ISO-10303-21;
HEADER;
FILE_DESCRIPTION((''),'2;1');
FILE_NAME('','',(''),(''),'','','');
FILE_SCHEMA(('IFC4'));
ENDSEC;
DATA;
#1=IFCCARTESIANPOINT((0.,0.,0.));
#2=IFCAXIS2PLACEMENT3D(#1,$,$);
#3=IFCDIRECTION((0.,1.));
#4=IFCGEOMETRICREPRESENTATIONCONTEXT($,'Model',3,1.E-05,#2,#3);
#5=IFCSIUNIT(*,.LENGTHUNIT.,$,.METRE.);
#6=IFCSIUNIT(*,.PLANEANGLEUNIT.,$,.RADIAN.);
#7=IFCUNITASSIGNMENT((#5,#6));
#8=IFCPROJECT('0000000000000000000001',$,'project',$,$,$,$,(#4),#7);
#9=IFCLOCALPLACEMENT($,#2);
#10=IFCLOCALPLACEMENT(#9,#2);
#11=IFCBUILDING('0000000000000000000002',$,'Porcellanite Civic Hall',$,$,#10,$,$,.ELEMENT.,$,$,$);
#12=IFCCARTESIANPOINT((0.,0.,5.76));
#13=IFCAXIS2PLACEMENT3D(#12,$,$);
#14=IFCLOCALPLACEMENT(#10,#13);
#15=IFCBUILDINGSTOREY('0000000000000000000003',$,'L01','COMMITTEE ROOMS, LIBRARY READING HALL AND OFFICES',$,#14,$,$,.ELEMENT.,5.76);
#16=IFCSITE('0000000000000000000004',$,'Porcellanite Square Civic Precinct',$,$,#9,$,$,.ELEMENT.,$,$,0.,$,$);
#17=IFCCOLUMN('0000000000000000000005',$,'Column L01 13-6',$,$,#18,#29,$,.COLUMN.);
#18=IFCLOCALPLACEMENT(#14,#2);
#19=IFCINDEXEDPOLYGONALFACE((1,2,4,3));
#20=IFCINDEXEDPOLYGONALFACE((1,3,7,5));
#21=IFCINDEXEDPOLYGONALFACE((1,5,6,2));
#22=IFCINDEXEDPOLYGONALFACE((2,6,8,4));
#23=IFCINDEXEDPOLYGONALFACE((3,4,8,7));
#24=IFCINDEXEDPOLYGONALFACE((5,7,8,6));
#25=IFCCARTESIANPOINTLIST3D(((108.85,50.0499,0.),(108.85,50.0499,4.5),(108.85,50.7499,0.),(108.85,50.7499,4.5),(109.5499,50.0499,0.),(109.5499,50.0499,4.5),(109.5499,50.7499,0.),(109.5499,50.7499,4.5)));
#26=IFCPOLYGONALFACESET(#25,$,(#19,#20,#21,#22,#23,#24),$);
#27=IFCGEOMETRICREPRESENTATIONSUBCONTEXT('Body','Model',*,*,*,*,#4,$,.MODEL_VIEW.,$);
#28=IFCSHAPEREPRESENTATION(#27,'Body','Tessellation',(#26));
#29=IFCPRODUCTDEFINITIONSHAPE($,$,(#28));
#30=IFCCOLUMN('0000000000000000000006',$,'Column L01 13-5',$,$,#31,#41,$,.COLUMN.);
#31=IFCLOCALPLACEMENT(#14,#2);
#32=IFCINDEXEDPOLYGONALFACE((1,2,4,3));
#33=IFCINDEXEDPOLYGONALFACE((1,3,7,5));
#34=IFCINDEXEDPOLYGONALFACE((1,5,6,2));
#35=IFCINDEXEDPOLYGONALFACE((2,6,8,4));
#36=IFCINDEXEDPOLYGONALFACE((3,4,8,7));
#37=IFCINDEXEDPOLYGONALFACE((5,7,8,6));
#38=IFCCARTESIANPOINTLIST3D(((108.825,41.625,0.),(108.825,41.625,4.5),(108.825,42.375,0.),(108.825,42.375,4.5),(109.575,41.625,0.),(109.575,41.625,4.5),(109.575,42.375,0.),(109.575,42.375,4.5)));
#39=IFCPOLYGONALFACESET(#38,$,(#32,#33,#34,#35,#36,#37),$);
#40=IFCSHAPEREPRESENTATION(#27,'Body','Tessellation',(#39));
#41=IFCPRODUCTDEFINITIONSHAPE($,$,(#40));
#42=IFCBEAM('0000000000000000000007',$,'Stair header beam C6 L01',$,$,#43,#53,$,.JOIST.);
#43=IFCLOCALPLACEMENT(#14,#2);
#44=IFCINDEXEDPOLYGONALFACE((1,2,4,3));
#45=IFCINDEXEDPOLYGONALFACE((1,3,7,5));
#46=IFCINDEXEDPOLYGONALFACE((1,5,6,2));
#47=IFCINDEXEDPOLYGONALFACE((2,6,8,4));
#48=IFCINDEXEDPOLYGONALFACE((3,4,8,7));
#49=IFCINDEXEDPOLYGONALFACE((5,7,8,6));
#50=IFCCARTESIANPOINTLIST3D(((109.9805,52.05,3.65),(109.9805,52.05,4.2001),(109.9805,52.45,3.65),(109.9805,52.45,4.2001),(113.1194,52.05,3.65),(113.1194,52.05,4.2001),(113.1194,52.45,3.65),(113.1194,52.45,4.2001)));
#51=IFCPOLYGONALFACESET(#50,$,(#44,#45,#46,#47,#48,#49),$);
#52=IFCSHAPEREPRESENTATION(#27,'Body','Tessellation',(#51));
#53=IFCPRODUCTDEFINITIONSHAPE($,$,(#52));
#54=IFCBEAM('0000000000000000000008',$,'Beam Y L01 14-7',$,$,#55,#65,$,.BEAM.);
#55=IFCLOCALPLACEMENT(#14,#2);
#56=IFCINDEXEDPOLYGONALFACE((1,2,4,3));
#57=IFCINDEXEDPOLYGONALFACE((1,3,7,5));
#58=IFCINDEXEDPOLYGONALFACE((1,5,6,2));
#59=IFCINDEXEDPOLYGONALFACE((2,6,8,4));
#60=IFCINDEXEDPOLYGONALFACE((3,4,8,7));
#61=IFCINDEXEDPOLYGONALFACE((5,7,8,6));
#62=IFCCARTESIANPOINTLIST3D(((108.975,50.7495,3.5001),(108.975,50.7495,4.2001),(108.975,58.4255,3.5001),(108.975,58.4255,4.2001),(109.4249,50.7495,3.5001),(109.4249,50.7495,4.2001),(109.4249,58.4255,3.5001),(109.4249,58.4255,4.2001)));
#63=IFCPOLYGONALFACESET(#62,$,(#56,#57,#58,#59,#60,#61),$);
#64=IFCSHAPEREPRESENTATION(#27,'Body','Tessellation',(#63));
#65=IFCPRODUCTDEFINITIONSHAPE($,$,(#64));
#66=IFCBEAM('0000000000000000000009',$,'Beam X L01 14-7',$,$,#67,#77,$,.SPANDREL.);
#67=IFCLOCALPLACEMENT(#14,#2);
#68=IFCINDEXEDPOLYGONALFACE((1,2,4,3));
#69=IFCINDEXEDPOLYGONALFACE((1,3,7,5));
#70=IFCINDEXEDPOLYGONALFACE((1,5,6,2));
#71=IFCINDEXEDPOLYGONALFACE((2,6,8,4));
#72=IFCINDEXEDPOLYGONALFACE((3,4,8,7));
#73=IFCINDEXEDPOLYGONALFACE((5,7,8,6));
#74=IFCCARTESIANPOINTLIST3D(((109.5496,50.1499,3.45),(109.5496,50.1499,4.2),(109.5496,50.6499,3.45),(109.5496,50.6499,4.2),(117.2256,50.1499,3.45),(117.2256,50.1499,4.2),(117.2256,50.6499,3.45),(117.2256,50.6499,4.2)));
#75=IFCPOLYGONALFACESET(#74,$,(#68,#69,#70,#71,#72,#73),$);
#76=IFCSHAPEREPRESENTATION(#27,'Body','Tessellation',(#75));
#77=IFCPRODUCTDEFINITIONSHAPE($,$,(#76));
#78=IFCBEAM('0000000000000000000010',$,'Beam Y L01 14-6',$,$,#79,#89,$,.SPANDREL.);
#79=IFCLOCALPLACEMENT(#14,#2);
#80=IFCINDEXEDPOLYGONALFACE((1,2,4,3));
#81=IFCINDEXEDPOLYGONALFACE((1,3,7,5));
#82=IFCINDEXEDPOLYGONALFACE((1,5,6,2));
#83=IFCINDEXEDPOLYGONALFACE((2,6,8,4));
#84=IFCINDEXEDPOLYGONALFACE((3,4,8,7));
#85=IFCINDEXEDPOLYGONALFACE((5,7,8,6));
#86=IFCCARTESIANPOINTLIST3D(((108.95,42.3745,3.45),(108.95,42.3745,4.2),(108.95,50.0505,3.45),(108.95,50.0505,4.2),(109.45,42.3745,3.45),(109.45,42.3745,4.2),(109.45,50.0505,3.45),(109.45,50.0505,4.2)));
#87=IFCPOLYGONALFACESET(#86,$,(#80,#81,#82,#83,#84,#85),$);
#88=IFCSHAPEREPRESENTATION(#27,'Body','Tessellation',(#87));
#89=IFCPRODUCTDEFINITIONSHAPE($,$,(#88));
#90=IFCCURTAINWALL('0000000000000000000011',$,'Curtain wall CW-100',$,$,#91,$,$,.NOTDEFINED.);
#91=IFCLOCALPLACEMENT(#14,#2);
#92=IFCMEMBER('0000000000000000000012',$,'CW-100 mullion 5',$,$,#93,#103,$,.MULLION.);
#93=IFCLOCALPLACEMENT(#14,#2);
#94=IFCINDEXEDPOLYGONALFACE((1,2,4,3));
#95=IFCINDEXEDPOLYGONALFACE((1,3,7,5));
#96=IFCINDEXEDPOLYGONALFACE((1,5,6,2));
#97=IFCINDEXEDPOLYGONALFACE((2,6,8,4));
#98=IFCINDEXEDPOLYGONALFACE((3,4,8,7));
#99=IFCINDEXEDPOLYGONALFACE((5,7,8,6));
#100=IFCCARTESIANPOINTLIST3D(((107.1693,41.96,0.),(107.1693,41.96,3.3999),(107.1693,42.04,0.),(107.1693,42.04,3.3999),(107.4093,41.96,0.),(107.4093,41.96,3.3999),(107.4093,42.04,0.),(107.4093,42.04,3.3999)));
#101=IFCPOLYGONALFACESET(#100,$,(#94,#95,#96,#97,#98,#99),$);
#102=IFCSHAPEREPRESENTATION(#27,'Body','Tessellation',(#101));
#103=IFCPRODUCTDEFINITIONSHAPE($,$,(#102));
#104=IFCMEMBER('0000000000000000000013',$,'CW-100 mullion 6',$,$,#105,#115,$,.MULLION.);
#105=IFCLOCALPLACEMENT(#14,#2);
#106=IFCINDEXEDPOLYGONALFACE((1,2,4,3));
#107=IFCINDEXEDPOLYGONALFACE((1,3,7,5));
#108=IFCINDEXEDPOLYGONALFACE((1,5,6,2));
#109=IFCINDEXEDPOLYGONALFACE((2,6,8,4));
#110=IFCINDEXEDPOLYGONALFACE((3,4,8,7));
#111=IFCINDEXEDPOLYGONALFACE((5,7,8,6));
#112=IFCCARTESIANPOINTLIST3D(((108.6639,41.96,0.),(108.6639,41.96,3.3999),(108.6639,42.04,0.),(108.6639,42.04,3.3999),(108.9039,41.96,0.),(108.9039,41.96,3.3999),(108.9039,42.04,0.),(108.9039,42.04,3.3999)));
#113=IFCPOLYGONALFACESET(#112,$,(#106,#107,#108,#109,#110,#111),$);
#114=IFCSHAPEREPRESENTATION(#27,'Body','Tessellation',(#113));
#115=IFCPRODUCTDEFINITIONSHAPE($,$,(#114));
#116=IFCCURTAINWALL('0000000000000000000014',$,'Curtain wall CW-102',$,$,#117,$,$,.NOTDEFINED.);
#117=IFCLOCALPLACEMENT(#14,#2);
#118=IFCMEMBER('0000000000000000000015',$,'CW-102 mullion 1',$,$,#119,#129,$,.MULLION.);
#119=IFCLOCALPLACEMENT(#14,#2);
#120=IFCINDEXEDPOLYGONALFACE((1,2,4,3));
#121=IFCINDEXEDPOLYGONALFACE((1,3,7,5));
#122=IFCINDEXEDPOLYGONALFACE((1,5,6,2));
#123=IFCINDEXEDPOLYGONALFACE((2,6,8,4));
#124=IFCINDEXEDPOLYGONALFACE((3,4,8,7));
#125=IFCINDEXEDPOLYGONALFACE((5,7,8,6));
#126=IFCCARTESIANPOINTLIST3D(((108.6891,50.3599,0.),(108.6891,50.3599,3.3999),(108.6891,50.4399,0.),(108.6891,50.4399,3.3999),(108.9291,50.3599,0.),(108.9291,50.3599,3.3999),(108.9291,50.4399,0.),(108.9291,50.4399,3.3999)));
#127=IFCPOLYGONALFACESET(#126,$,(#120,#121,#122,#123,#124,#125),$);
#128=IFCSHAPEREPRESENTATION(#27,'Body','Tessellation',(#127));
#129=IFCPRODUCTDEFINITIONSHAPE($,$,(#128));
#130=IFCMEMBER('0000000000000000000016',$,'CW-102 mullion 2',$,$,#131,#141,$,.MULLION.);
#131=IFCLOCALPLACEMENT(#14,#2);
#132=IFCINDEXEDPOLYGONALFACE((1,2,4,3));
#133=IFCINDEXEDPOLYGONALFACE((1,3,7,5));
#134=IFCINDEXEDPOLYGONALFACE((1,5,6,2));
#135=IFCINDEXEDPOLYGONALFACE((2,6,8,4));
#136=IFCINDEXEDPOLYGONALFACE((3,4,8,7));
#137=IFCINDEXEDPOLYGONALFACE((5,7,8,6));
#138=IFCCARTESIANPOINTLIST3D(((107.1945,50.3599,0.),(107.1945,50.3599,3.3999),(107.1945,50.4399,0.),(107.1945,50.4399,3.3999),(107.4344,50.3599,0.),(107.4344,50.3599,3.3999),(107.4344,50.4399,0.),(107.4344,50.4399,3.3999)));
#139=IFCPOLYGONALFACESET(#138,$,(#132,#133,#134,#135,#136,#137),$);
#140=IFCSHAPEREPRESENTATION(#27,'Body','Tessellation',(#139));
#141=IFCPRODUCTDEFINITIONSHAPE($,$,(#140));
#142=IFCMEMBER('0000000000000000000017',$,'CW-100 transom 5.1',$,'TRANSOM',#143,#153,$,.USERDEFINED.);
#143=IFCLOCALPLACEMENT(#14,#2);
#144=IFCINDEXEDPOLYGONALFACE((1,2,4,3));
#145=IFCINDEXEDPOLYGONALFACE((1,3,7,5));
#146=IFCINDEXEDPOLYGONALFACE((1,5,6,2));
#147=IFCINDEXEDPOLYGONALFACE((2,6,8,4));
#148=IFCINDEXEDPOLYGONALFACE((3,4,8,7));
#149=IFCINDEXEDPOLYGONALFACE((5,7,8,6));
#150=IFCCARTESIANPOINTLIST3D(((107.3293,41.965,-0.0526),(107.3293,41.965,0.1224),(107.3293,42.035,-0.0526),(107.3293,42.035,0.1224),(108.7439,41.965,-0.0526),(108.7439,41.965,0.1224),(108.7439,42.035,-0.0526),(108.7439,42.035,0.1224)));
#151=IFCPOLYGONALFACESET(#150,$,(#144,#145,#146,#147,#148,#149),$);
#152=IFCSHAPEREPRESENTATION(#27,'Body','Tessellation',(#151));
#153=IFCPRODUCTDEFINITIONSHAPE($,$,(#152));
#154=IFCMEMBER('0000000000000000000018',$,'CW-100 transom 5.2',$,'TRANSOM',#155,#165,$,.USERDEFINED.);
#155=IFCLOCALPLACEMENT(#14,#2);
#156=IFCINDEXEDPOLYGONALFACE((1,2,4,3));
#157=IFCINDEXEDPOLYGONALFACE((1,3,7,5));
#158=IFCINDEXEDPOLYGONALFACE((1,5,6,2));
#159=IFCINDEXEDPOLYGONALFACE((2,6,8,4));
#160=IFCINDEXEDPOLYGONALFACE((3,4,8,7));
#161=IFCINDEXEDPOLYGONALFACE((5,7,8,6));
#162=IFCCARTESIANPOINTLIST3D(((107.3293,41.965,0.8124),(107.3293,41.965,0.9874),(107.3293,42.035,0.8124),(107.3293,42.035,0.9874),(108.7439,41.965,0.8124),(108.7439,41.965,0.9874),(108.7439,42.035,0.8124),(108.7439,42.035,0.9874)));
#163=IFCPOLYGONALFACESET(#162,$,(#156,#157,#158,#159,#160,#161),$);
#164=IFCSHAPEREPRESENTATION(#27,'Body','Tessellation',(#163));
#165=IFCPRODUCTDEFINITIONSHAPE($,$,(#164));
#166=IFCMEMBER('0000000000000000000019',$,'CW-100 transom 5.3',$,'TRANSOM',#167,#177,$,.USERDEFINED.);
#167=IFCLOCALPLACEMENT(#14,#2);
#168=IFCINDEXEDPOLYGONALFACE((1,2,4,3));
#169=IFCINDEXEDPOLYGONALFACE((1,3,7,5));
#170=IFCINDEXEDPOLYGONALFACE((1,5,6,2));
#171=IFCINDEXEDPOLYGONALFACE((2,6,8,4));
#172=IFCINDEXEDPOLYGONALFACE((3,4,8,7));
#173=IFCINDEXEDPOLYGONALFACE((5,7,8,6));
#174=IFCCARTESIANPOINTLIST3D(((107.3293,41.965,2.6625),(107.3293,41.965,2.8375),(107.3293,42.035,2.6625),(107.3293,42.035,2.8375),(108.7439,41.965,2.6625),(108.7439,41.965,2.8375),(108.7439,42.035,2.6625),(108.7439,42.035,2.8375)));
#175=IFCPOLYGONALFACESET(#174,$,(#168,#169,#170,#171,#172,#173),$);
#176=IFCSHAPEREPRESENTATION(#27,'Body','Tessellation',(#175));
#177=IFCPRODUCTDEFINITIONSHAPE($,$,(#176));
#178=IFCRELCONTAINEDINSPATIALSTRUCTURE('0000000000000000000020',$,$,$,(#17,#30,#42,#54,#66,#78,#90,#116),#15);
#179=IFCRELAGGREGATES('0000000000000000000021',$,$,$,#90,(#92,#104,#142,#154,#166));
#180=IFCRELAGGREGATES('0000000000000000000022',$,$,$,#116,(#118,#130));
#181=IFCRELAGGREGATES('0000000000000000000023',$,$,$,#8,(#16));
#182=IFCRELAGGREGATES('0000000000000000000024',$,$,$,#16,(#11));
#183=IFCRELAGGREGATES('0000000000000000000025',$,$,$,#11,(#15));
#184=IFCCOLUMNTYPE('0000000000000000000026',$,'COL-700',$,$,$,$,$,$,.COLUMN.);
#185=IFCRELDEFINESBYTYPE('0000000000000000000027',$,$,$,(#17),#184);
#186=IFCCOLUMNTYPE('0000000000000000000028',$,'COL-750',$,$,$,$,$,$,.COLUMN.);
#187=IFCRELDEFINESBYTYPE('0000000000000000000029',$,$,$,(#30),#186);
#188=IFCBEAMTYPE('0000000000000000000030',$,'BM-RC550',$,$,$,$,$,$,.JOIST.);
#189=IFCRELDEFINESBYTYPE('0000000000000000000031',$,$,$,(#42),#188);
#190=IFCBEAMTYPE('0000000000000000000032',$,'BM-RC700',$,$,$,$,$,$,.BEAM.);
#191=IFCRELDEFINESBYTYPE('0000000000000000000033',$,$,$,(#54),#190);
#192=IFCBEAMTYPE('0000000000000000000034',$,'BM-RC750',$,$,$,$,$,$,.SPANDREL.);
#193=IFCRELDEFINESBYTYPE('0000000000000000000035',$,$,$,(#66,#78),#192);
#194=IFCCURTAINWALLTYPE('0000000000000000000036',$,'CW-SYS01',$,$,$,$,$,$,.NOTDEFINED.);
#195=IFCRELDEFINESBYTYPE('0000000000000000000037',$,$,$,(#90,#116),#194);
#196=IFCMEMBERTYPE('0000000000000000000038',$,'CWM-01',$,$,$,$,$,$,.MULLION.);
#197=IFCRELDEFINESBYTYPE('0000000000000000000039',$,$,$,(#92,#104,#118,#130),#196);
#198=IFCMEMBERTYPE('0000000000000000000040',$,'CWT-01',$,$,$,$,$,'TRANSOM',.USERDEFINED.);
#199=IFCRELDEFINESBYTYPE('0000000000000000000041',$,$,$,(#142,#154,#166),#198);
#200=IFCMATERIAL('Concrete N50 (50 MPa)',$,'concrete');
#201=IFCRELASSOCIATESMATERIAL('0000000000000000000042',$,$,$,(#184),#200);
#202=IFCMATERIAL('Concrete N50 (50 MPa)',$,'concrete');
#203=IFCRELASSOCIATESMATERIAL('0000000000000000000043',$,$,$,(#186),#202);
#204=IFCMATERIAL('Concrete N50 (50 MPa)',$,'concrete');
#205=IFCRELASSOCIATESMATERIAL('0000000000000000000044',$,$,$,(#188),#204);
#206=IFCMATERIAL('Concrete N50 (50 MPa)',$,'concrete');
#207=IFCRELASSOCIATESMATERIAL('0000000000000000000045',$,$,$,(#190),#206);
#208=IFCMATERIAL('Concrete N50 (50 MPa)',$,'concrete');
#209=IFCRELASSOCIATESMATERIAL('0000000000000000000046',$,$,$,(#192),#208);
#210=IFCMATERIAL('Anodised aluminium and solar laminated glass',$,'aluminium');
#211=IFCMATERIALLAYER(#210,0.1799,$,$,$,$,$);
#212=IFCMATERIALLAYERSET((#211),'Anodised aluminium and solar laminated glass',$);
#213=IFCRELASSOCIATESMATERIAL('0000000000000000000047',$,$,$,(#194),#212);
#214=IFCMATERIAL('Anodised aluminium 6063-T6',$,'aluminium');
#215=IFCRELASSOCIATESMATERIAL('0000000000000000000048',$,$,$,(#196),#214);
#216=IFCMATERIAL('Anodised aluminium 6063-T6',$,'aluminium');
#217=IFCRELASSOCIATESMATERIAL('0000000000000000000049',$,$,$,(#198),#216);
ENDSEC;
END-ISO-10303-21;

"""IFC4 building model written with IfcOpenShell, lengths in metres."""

from ifc_helpers import new_model, si_unit, direction, frame, origin, origin_2d, place, context, subcontext, project, spatial, rectangle, extrude, material, layer, layer_set, material_profile, profile_set, type_object, element, aggregate, save


model = new_model("IFC4")

# Units and contexts
model_context = context("Model", 3, precision=1e-05, world=origin(), true_north=direction((0.0, 1.0)))
body_context = subcontext(model_context, "Body", "Model", "MODEL_VIEW")
ifc_project = project(units=[si_unit("LENGTHUNIT", "METRE"), si_unit("PLANEANGLEUNIT", "RADIAN")], contexts=[model_context])

# Site, building, storey
site_placement = place(None, origin())
site = spatial("IfcSite", under=ifc_project, at=site_placement, Name="Porcellanite Square Civic Precinct", CompositionType="ELEMENT", RefElevation=0.0)
building_placement = place(site_placement, origin())
building = spatial("IfcBuilding", under=site, at=building_placement, Name="Porcellanite Civic Hall", CompositionType="ELEMENT")
storey_placement = place(building_placement, frame((0.0, 0.0, 5.76)))
storey = spatial("IfcBuildingStorey", under=building, at=storey_placement, Name="L01", Description="COMMITTEE ROOMS, LIBRARY READING HALL AND OFFICES", CompositionType="ELEMENT", Elevation=5.76)

# Columns
ifc_material_1 = material(Name="Concrete N50 (50 MPa)", Category="concrete")
ifc_material_profile_1 = material_profile(ifc_material_1, rectangle(XDim=0.7, YDim=0.7, at=origin_2d()), Name="RC-700x700")
ifc_profile_set_1 = profile_set([ifc_material_profile_1], Name="Concrete N50 (50 MPa)")
column_type_1 = type_object("IfcColumnType", Name="COL-700", PredefinedType="COLUMN", material=ifc_profile_set_1)
column_1_placement = place(storey_placement, frame((109.2, 50.3999, 0.0), z_axis=(0.0, 0.0, 1.0), x_axis=(1.0, 0.0, 0.0)))
element("IfcColumn", 1, at=column_1_placement, inside=storey, type_object=column_type_1, Name="Column L01 13-6", PredefinedType="COLUMN", context=body_context, shape_type="SweptSolid", body=[
    extrude(rectangle(XDim=0.7, YDim=0.7, at=origin_2d()), origin(), (0.0, 0.0, 1.0), 4.5),
])
ifc_material_2 = material(Name="Concrete N50 (50 MPa)", Category="concrete")
ifc_material_profile_2 = material_profile(ifc_material_2, rectangle(XDim=0.75, YDim=0.75, at=origin_2d()), Name="RC-750x750")
ifc_profile_set_2 = profile_set([ifc_material_profile_2], Name="Concrete N50 (50 MPa)")
column_type_2 = type_object("IfcColumnType", Name="COL-750", PredefinedType="COLUMN", material=ifc_profile_set_2)
column_2_placement = place(storey_placement, frame((109.2, 42.0, 0.0), z_axis=(0.0, 0.0, 1.0), x_axis=(1.0, 0.0, 0.0)))
element("IfcColumn", 2, at=column_2_placement, inside=storey, type_object=column_type_2, Name="Column L01 13-5", PredefinedType="COLUMN", context=body_context, shape_type="SweptSolid", body=[
    extrude(rectangle(XDim=0.75, YDim=0.75, at=origin_2d()), origin(), (0.0, 0.0, 1.0), 4.5),
])

# Beams
ifc_material_3 = material(Name="Concrete N50 (50 MPa)", Category="concrete")
ifc_material_profile_3 = material_profile(ifc_material_3, rectangle(XDim=0.3999, YDim=0.55, at=origin_2d()), Name="RC-400x550")
ifc_profile_set_3 = profile_set([ifc_material_profile_3], Name="Concrete N50 (50 MPa)")
beam_type_1 = type_object("IfcBeamType", Name="BM-RC550", PredefinedType="JOIST", material=ifc_profile_set_3)
beam_1_placement = place(storey_placement, frame((109.9805, 52.25, 3.925), z_axis=(1.0, 0.0, 0.0), x_axis=(0.0, 1.0, 0.0)))
element("IfcBeam", 3, at=beam_1_placement, inside=storey, type_object=beam_type_1, Name="Stair header beam C6 L01", PredefinedType="JOIST", context=body_context, shape_type="SweptSolid", body=[
    extrude(rectangle(XDim=0.3999, YDim=0.55, at=origin_2d()), origin(), (0.0, 0.0, 1.0), 3.1389),
])
ifc_material_4 = material(Name="Concrete N50 (50 MPa)", Category="concrete")
ifc_material_profile_4 = material_profile(ifc_material_4, rectangle(XDim=0.45, YDim=0.7, at=origin_2d()), Name="RC-450x700")
ifc_profile_set_4 = profile_set([ifc_material_profile_4], Name="Concrete N50 (50 MPa)")
beam_type_2 = type_object("IfcBeamType", Name="BM-RC700", PredefinedType="BEAM", material=ifc_profile_set_4)
beam_2_placement = place(storey_placement, frame((109.2, 50.7495, 3.8501), z_axis=(0.0, 1.0, 0.0), x_axis=(-1.0, 0.0, 0.0)))
element("IfcBeam", 4, at=beam_2_placement, inside=storey, type_object=beam_type_2, Name="Beam Y L01 14-7", PredefinedType="BEAM", context=body_context, shape_type="SweptSolid", body=[
    extrude(rectangle(XDim=0.45, YDim=0.7, at=origin_2d()), origin(), (0.0, 0.0, 1.0), 7.676),
])
ifc_material_5 = material(Name="Concrete N50 (50 MPa)", Category="concrete")
ifc_material_profile_5 = material_profile(ifc_material_5, rectangle(XDim=0.5, YDim=0.75, at=origin_2d()), Name="RC-500x750")
ifc_profile_set_5 = profile_set([ifc_material_profile_5], Name="Concrete N50 (50 MPa)")
beam_type_3 = type_object("IfcBeamType", Name="BM-RC750", PredefinedType="SPANDREL", material=ifc_profile_set_5)
for number, where, z_axis, x_axis, name in (
    (5, (109.5496, 50.3999, 3.825), (1.0, 0.0, 0.0), (0.0, 1.0, 0.0), "Beam X L01 14-7"),
    (6, (109.2, 42.3745, 3.825), (0.0, 1.0, 0.0), (-1.0, 0.0, 0.0), "Beam Y L01 14-6"),
):
    element("IfcBeam", number, at=place(storey_placement, frame(where, z_axis=z_axis, x_axis=x_axis)), inside=storey, type_object=beam_type_3, Name=name, PredefinedType="SPANDREL", context=body_context, shape_type="SweptSolid", body=[
        extrude(rectangle(XDim=0.5, YDim=0.75, at=origin_2d()), origin(), (0.0, 0.0, 1.0), 7.676),
    ])

# Curtain walls, members
ifc_material_6 = material(Name="Anodised aluminium and solar laminated glass", Category="aluminium")
ifc_layer_1 = layer(ifc_material_6, 0.1799)
ifc_layer_set_1 = layer_set([ifc_layer_1], Name="Anodised aluminium and solar laminated glass")
curtain_wall_type = type_object("IfcCurtainWallType", Name="CW-SYS01", PredefinedType="NOTDEFINED", material=ifc_layer_set_1)
curtain_wall_1_placement = place(storey_placement, origin())
curtain_wall_1 = element("IfcCurtainWall", 7, at=curtain_wall_1_placement, inside=storey, type_object=curtain_wall_type, Name="Curtain wall CW-100", PredefinedType="NOTDEFINED")
ifc_material_7 = material(Name="Anodised aluminium 6063-T6", Category="aluminium")
ifc_material_profile_6 = material_profile(ifc_material_7, rectangle(XDim=0.0801, YDim=0.24, at=origin_2d()), Name="AL-80x240")
ifc_profile_set_6 = profile_set([ifc_material_profile_6], Name="Anodised aluminium 6063-T6")
member_type_1 = type_object("IfcMemberType", Name="CWM-01", PredefinedType="MULLION", material=ifc_profile_set_6)
member_1_placement = place(storey_placement, frame((107.2893, 42.0, 0.0), z_axis=(0.0, 0.0, 1.0), x_axis=(0.0, 1.0, 0.0)))
member_1 = element("IfcMember", 8, at=member_1_placement, type_object=member_type_1, Name="CW-100 mullion 5", PredefinedType="MULLION", context=body_context, shape_type="SweptSolid", body=[
    extrude(rectangle(XDim=0.0801, YDim=0.24, at=origin_2d()), origin(), (0.0, 0.0, 1.0), 3.3999),
])
member_2_placement = place(storey_placement, frame((108.7839, 42.0, 0.0), z_axis=(0.0, 0.0, 1.0), x_axis=(0.0, 1.0, 0.0)))
member_2 = element("IfcMember", 9, at=member_2_placement, type_object=member_type_1, Name="CW-100 mullion 6", PredefinedType="MULLION", context=body_context, shape_type="SweptSolid", body=[
    extrude(rectangle(XDim=0.0801, YDim=0.24, at=origin_2d()), origin(), (0.0, 0.0, 1.0), 3.3999),
])
curtain_wall_2_placement = place(storey_placement, origin())
curtain_wall_2 = element("IfcCurtainWall", 10, at=curtain_wall_2_placement, inside=storey, type_object=curtain_wall_type, Name="Curtain wall CW-102", PredefinedType="NOTDEFINED")
member_3_placement = place(storey_placement, frame((108.8091, 50.3999, 0.0), z_axis=(0.0, 0.0, 1.0), x_axis=(0.0, -1.0, 0.0)))
member_3 = element("IfcMember", 11, at=member_3_placement, type_object=member_type_1, Name="CW-102 mullion 1", PredefinedType="MULLION", context=body_context, shape_type="SweptSolid", body=[
    extrude(rectangle(XDim=0.0801, YDim=0.24, at=origin_2d()), origin(), (0.0, 0.0, 1.0), 3.3999),
])
member_4_placement = place(storey_placement, frame((107.3145, 50.3999, 0.0), z_axis=(0.0, 0.0, 1.0), x_axis=(0.0, -1.0, 0.0)))
member_4 = element("IfcMember", 12, at=member_4_placement, type_object=member_type_1, Name="CW-102 mullion 2", PredefinedType="MULLION", context=body_context, shape_type="SweptSolid", body=[
    extrude(rectangle(XDim=0.0801, YDim=0.24, at=origin_2d()), origin(), (0.0, 0.0, 1.0), 3.3999),
])

# Members
ifc_material_8 = material(Name="Anodised aluminium 6063-T6", Category="aluminium")
ifc_material_profile_7 = material_profile(ifc_material_8, rectangle(XDim=0.0701, YDim=0.175, at=origin_2d()), Name="AL-70x175")
ifc_profile_set_7 = profile_set([ifc_material_profile_7], Name="Anodised aluminium 6063-T6")
member_type_2 = type_object("IfcMemberType", Name="CWT-01", ElementType="TRANSOM", PredefinedType="USERDEFINED", material=ifc_profile_set_7)
member_5_placement = place(storey_placement, frame((107.3293, 42.0, 0.0349), z_axis=(1.0, 0.0, 0.0), x_axis=(0.0, 1.0, 0.0)))
member_5 = element("IfcMember", 13, at=member_5_placement, type_object=member_type_2, Name="CW-100 transom 5.1", ObjectType="TRANSOM", PredefinedType="USERDEFINED", context=body_context, shape_type="SweptSolid", body=[
    extrude(rectangle(XDim=0.0701, YDim=0.175, at=origin_2d()), origin(), (0.0, 0.0, 1.0), 1.4146),
])
member_6_placement = place(storey_placement, frame((107.3293, 42.0, 0.8999), z_axis=(1.0, 0.0, 0.0), x_axis=(0.0, 1.0, 0.0)))
member_6 = element("IfcMember", 14, at=member_6_placement, type_object=member_type_2, Name="CW-100 transom 5.2", ObjectType="TRANSOM", PredefinedType="USERDEFINED", context=body_context, shape_type="SweptSolid", body=[
    extrude(rectangle(XDim=0.0701, YDim=0.175, at=origin_2d()), origin(), (0.0, 0.0, 1.0), 1.4146),
])
member_7_placement = place(storey_placement, frame((107.3293, 42.0, 2.75), z_axis=(1.0, 0.0, 0.0), x_axis=(0.0, 1.0, 0.0)))
member_7 = element("IfcMember", 15, at=member_7_placement, type_object=member_type_2, Name="CW-100 transom 5.3", ObjectType="TRANSOM", PredefinedType="USERDEFINED", context=body_context, shape_type="SweptSolid", body=[
    extrude(rectangle(XDim=0.0701, YDim=0.175, at=origin_2d()), origin(), (0.0, 0.0, 1.0), 1.4146),
])

aggregate(curtain_wall_1, [member_1, member_2, member_5, member_6, member_7])
aggregate(curtain_wall_2, [member_3, member_4])

save(model, "model.ifc")
